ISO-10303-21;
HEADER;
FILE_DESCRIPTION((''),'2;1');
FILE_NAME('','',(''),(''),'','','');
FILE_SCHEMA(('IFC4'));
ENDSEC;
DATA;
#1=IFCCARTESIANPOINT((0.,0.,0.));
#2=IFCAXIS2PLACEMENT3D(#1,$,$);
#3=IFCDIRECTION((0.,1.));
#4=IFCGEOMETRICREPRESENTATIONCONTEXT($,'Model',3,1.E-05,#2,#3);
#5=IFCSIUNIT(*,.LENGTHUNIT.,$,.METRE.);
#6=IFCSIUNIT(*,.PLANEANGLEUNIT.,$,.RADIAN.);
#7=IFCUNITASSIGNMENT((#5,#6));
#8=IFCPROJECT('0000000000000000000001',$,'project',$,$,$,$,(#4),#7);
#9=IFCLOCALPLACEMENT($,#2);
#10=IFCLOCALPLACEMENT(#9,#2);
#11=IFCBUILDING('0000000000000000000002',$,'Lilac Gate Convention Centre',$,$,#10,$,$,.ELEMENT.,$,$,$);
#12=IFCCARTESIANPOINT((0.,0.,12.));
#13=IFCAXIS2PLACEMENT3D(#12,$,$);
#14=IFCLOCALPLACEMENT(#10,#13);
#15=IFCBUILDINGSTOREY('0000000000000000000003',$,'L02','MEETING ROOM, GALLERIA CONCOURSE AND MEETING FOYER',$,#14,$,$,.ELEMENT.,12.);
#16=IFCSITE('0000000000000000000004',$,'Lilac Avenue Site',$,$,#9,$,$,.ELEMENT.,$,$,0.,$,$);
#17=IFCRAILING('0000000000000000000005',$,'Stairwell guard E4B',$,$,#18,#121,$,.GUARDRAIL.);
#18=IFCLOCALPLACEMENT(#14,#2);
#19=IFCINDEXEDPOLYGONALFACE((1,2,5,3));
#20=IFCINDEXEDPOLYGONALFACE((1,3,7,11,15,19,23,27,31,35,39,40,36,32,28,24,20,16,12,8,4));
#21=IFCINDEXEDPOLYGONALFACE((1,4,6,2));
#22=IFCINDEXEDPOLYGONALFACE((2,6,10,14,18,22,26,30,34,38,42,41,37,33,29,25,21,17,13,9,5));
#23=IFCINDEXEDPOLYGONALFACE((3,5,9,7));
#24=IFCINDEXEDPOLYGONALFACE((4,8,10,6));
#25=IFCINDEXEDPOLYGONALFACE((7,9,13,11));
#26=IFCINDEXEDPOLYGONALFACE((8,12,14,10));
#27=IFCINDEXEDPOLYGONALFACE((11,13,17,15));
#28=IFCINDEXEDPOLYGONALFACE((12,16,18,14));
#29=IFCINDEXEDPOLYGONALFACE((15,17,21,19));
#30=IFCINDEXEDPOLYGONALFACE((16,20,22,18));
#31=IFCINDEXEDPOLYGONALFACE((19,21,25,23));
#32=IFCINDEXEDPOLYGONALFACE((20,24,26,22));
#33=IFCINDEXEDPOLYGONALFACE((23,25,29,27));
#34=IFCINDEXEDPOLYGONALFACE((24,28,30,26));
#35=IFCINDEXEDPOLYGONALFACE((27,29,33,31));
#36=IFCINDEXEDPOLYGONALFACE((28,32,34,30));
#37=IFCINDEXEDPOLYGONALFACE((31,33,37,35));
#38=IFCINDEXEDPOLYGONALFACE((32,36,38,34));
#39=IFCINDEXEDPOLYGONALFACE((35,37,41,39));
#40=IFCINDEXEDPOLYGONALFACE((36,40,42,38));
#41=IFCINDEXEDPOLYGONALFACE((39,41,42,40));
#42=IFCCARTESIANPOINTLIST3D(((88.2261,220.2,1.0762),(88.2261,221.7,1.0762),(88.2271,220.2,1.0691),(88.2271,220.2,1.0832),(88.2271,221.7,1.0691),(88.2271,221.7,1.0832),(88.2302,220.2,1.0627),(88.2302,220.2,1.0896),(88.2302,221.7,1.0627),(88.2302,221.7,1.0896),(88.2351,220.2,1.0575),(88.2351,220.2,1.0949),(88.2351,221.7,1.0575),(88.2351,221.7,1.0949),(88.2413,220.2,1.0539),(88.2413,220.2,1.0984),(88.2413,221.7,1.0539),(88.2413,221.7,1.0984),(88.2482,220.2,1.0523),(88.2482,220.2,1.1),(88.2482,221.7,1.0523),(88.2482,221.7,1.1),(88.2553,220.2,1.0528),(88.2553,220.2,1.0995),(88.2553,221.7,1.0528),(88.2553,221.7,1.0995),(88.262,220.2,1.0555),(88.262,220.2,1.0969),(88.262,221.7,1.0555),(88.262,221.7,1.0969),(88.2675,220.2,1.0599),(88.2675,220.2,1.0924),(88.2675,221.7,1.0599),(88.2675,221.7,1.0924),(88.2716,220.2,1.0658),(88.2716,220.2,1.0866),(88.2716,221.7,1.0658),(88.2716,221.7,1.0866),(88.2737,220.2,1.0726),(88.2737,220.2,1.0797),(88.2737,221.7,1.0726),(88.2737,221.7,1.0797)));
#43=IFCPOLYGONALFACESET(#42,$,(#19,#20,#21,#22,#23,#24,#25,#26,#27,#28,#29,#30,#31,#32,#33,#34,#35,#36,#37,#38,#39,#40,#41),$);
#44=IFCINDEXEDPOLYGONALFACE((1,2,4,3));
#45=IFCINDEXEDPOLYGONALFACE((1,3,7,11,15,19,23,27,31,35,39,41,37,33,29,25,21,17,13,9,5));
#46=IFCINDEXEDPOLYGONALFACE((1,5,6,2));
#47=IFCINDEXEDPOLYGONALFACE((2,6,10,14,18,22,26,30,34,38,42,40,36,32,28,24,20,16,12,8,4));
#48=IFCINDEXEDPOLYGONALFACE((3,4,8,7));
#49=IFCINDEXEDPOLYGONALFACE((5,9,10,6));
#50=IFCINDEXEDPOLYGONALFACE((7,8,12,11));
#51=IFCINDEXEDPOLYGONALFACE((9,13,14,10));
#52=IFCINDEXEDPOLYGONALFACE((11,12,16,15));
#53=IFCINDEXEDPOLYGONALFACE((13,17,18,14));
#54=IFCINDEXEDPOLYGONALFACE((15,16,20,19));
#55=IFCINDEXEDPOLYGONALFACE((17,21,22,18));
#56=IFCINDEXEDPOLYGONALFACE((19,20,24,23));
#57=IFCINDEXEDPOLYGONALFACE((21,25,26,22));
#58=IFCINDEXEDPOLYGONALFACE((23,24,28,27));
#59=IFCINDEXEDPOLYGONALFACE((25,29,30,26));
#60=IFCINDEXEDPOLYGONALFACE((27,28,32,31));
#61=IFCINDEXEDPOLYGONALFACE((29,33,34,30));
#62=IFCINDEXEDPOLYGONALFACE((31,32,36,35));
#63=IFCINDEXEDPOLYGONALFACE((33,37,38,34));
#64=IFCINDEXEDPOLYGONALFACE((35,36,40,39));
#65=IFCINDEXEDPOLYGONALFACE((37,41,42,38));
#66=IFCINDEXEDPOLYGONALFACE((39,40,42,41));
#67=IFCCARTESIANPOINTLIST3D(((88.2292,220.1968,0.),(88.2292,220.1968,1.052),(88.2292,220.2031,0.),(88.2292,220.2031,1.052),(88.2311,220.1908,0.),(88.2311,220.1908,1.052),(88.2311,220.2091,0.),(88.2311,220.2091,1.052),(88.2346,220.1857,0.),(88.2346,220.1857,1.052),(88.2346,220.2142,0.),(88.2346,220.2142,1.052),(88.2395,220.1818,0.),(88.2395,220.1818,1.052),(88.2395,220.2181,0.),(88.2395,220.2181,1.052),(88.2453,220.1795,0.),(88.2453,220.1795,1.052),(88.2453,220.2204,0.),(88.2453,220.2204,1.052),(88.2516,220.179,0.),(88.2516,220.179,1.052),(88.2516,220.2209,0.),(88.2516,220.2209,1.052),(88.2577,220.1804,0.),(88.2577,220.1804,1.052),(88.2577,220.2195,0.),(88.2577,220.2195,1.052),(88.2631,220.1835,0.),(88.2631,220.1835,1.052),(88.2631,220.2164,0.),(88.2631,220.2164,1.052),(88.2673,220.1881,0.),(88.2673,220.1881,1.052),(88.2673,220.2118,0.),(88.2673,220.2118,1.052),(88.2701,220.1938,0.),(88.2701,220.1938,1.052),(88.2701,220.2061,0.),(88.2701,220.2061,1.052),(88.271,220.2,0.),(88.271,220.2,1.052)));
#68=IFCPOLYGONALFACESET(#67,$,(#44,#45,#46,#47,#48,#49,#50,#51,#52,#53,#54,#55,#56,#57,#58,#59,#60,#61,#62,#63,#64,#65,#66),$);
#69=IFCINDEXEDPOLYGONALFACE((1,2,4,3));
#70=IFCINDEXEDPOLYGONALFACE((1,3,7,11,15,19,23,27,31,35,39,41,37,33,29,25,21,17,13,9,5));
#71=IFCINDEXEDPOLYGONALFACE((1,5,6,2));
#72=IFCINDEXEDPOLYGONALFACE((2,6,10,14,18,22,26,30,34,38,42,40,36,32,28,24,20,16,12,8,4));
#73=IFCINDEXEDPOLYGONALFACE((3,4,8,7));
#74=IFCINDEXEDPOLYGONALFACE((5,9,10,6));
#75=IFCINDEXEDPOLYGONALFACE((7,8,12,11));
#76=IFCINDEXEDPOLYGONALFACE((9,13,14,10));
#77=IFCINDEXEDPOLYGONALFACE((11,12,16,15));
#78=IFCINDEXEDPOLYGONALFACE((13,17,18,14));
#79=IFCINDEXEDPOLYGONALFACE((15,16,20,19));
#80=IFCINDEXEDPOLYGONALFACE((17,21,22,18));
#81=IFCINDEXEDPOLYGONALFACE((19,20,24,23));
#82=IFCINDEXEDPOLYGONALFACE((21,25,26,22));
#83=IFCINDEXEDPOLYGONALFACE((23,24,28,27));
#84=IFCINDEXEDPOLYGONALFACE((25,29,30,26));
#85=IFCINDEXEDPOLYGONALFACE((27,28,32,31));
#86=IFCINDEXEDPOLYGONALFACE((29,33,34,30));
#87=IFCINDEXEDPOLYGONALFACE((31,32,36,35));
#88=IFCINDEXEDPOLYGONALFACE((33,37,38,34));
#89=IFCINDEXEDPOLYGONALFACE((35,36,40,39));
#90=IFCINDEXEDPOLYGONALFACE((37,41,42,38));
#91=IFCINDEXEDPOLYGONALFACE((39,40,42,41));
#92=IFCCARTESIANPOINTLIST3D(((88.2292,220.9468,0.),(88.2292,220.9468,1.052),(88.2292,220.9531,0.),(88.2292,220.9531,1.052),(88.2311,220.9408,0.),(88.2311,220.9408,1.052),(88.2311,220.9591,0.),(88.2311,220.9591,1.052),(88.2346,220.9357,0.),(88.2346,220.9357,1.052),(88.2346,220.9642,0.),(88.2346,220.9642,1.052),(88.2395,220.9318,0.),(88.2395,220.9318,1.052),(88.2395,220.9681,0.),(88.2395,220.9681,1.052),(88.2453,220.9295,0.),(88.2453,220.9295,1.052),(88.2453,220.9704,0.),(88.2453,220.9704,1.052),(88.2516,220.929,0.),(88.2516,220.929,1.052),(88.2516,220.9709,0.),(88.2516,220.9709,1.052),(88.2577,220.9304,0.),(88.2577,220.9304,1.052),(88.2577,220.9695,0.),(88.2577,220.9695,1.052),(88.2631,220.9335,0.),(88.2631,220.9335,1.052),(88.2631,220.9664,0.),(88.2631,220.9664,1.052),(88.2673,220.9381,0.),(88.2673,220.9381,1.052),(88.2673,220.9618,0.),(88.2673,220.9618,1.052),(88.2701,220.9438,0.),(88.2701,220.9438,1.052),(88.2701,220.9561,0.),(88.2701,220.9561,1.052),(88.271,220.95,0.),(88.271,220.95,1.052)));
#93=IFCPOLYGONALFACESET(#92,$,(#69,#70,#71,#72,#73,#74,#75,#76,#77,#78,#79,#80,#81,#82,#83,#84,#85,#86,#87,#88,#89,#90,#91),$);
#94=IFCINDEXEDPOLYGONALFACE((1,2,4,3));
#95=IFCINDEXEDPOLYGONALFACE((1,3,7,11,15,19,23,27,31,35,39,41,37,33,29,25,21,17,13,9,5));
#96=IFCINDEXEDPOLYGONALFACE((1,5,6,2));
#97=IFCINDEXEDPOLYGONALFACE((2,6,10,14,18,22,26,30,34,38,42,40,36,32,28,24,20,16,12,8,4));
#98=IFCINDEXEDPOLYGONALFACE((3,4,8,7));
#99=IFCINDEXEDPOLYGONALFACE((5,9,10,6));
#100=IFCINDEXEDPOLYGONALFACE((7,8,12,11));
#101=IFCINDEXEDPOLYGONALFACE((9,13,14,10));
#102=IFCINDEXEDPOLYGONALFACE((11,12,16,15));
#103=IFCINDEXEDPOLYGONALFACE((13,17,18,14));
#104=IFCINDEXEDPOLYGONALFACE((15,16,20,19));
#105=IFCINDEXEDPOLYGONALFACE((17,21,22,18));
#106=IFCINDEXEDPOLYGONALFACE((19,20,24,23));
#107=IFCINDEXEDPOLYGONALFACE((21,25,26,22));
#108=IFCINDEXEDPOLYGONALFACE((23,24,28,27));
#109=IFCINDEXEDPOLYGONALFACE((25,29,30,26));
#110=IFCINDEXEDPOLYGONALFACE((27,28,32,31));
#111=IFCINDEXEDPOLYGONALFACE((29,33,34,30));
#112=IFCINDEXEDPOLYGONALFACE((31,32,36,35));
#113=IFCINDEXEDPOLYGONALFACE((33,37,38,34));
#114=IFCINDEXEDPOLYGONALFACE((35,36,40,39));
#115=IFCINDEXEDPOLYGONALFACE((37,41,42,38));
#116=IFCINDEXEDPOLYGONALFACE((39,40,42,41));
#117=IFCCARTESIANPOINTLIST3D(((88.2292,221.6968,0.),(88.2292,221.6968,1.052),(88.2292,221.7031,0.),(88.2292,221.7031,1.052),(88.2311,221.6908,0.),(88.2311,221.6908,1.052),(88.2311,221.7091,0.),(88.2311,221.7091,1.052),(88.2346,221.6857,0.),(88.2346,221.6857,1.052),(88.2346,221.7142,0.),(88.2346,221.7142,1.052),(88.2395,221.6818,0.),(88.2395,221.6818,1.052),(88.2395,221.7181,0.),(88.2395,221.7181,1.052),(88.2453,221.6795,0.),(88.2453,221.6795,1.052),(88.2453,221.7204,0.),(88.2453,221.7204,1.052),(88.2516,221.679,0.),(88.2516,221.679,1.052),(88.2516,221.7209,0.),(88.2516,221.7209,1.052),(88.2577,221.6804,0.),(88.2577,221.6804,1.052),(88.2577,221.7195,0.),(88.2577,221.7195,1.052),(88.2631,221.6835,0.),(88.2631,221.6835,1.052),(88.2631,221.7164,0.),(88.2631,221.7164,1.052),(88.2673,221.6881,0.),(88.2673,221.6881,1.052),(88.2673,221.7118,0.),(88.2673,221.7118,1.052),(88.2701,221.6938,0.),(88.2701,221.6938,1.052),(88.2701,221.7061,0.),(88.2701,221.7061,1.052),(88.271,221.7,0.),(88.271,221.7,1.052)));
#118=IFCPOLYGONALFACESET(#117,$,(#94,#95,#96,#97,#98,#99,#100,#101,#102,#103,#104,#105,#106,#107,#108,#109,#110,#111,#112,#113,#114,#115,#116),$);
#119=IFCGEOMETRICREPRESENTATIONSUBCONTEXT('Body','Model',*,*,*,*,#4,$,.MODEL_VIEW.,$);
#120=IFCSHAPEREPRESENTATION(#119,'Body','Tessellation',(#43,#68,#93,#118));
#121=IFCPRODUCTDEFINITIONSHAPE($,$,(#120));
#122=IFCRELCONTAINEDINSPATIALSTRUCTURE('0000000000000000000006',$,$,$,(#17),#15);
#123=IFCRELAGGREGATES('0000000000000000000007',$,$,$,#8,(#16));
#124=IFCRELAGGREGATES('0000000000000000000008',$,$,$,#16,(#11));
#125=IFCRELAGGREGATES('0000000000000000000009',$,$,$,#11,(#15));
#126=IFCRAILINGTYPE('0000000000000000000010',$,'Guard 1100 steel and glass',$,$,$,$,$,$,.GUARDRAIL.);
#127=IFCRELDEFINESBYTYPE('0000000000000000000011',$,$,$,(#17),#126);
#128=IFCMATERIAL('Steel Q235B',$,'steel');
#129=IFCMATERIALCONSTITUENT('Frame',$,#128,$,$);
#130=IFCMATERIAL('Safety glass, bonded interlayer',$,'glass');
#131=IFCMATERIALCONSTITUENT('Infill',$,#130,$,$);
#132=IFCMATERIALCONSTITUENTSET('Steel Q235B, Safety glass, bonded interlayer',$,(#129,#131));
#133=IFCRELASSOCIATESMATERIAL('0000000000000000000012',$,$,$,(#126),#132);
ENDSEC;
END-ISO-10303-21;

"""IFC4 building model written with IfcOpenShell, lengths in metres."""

from ifc_helpers import new_model, si_unit, direction, frame, origin, origin_2d, place, context, subcontext, project, spatial, circle, extrude, material, constituent, constituent_set, type_object, element, save


model = new_model("IFC4")

# Units and contexts
model_context = context("Model", 3, precision=1e-05, world=origin(), true_north=direction((0.0, 1.0)))
body_context = subcontext(model_context, "Body", "Model", "MODEL_VIEW")
ifc_project = project(units=[si_unit("LENGTHUNIT", "METRE"), si_unit("PLANEANGLEUNIT", "RADIAN")], contexts=[model_context])

# Site, building, storey
site_placement = place(None, origin())
site = spatial("IfcSite", under=ifc_project, at=site_placement, Name="Lilac Avenue Site", CompositionType="ELEMENT", RefElevation=0.0)
building_placement = place(site_placement, origin())
building = spatial("IfcBuilding", under=site, at=building_placement, Name="Lilac Gate Convention Centre", CompositionType="ELEMENT")
storey_placement = place(building_placement, frame((0.0, 0.0, 12.0)))
storey = spatial("IfcBuildingStorey", under=building, at=storey_placement, Name="L02", Description="MEETING ROOM, GALLERIA CONCOURSE AND MEETING FOYER", CompositionType="ELEMENT", Elevation=12.0)

# Railing
ifc_material_1 = material(Name="Steel Q235B", Category="steel")
ifc_constituent_1 = constituent(ifc_material_1, Name="Frame")
ifc_material_2 = material(Name="Safety glass, bonded interlayer", Category="glass")
ifc_constituent_2 = constituent(ifc_material_2, Name="Infill")
ifc_constituent_set = constituent_set(constituents=[ifc_constituent_1, ifc_constituent_2], Name="Steel Q235B, Safety glass, bonded interlayer")
railing_type = type_object("IfcRailingType", Name="Guard 1100 steel and glass", PredefinedType="GUARDRAIL", material=ifc_constituent_set)
for number, where, name in (
    (1, (88.25, 220.2, 0.0), "Stairwell guard E4B"),
):
    element("IfcRailing", number, at=place(storey_placement, frame(where)), inside=storey, type_object=railing_type, Name=name, PredefinedType="GUARDRAIL", context=body_context, shape_type="SweptSolid", body=[
        extrude(circle(Radius=0.0239, at=origin_2d()), frame((0.0, 0.0, 1.0762), z_axis=(0.0, 1.0, 0.0), x_axis=(-1.0, 0.0, 0.0)), (0.0, 0.0, 1.0), 1.5),
        extrude(circle(Radius=0.021, at=origin_2d()), origin(), (0.0, 0.0, 1.0), 1.052),
        extrude(circle(Radius=0.021, at=origin_2d()), frame((0.0, 0.75, 0.0)), (0.0, 0.0, 1.0), 1.052),
        extrude(circle(Radius=0.021, at=origin_2d()), frame((0.0, 1.5, 0.0)), (0.0, 0.0, 1.0), 1.052),
    ])

save(model, "model.ifc")
